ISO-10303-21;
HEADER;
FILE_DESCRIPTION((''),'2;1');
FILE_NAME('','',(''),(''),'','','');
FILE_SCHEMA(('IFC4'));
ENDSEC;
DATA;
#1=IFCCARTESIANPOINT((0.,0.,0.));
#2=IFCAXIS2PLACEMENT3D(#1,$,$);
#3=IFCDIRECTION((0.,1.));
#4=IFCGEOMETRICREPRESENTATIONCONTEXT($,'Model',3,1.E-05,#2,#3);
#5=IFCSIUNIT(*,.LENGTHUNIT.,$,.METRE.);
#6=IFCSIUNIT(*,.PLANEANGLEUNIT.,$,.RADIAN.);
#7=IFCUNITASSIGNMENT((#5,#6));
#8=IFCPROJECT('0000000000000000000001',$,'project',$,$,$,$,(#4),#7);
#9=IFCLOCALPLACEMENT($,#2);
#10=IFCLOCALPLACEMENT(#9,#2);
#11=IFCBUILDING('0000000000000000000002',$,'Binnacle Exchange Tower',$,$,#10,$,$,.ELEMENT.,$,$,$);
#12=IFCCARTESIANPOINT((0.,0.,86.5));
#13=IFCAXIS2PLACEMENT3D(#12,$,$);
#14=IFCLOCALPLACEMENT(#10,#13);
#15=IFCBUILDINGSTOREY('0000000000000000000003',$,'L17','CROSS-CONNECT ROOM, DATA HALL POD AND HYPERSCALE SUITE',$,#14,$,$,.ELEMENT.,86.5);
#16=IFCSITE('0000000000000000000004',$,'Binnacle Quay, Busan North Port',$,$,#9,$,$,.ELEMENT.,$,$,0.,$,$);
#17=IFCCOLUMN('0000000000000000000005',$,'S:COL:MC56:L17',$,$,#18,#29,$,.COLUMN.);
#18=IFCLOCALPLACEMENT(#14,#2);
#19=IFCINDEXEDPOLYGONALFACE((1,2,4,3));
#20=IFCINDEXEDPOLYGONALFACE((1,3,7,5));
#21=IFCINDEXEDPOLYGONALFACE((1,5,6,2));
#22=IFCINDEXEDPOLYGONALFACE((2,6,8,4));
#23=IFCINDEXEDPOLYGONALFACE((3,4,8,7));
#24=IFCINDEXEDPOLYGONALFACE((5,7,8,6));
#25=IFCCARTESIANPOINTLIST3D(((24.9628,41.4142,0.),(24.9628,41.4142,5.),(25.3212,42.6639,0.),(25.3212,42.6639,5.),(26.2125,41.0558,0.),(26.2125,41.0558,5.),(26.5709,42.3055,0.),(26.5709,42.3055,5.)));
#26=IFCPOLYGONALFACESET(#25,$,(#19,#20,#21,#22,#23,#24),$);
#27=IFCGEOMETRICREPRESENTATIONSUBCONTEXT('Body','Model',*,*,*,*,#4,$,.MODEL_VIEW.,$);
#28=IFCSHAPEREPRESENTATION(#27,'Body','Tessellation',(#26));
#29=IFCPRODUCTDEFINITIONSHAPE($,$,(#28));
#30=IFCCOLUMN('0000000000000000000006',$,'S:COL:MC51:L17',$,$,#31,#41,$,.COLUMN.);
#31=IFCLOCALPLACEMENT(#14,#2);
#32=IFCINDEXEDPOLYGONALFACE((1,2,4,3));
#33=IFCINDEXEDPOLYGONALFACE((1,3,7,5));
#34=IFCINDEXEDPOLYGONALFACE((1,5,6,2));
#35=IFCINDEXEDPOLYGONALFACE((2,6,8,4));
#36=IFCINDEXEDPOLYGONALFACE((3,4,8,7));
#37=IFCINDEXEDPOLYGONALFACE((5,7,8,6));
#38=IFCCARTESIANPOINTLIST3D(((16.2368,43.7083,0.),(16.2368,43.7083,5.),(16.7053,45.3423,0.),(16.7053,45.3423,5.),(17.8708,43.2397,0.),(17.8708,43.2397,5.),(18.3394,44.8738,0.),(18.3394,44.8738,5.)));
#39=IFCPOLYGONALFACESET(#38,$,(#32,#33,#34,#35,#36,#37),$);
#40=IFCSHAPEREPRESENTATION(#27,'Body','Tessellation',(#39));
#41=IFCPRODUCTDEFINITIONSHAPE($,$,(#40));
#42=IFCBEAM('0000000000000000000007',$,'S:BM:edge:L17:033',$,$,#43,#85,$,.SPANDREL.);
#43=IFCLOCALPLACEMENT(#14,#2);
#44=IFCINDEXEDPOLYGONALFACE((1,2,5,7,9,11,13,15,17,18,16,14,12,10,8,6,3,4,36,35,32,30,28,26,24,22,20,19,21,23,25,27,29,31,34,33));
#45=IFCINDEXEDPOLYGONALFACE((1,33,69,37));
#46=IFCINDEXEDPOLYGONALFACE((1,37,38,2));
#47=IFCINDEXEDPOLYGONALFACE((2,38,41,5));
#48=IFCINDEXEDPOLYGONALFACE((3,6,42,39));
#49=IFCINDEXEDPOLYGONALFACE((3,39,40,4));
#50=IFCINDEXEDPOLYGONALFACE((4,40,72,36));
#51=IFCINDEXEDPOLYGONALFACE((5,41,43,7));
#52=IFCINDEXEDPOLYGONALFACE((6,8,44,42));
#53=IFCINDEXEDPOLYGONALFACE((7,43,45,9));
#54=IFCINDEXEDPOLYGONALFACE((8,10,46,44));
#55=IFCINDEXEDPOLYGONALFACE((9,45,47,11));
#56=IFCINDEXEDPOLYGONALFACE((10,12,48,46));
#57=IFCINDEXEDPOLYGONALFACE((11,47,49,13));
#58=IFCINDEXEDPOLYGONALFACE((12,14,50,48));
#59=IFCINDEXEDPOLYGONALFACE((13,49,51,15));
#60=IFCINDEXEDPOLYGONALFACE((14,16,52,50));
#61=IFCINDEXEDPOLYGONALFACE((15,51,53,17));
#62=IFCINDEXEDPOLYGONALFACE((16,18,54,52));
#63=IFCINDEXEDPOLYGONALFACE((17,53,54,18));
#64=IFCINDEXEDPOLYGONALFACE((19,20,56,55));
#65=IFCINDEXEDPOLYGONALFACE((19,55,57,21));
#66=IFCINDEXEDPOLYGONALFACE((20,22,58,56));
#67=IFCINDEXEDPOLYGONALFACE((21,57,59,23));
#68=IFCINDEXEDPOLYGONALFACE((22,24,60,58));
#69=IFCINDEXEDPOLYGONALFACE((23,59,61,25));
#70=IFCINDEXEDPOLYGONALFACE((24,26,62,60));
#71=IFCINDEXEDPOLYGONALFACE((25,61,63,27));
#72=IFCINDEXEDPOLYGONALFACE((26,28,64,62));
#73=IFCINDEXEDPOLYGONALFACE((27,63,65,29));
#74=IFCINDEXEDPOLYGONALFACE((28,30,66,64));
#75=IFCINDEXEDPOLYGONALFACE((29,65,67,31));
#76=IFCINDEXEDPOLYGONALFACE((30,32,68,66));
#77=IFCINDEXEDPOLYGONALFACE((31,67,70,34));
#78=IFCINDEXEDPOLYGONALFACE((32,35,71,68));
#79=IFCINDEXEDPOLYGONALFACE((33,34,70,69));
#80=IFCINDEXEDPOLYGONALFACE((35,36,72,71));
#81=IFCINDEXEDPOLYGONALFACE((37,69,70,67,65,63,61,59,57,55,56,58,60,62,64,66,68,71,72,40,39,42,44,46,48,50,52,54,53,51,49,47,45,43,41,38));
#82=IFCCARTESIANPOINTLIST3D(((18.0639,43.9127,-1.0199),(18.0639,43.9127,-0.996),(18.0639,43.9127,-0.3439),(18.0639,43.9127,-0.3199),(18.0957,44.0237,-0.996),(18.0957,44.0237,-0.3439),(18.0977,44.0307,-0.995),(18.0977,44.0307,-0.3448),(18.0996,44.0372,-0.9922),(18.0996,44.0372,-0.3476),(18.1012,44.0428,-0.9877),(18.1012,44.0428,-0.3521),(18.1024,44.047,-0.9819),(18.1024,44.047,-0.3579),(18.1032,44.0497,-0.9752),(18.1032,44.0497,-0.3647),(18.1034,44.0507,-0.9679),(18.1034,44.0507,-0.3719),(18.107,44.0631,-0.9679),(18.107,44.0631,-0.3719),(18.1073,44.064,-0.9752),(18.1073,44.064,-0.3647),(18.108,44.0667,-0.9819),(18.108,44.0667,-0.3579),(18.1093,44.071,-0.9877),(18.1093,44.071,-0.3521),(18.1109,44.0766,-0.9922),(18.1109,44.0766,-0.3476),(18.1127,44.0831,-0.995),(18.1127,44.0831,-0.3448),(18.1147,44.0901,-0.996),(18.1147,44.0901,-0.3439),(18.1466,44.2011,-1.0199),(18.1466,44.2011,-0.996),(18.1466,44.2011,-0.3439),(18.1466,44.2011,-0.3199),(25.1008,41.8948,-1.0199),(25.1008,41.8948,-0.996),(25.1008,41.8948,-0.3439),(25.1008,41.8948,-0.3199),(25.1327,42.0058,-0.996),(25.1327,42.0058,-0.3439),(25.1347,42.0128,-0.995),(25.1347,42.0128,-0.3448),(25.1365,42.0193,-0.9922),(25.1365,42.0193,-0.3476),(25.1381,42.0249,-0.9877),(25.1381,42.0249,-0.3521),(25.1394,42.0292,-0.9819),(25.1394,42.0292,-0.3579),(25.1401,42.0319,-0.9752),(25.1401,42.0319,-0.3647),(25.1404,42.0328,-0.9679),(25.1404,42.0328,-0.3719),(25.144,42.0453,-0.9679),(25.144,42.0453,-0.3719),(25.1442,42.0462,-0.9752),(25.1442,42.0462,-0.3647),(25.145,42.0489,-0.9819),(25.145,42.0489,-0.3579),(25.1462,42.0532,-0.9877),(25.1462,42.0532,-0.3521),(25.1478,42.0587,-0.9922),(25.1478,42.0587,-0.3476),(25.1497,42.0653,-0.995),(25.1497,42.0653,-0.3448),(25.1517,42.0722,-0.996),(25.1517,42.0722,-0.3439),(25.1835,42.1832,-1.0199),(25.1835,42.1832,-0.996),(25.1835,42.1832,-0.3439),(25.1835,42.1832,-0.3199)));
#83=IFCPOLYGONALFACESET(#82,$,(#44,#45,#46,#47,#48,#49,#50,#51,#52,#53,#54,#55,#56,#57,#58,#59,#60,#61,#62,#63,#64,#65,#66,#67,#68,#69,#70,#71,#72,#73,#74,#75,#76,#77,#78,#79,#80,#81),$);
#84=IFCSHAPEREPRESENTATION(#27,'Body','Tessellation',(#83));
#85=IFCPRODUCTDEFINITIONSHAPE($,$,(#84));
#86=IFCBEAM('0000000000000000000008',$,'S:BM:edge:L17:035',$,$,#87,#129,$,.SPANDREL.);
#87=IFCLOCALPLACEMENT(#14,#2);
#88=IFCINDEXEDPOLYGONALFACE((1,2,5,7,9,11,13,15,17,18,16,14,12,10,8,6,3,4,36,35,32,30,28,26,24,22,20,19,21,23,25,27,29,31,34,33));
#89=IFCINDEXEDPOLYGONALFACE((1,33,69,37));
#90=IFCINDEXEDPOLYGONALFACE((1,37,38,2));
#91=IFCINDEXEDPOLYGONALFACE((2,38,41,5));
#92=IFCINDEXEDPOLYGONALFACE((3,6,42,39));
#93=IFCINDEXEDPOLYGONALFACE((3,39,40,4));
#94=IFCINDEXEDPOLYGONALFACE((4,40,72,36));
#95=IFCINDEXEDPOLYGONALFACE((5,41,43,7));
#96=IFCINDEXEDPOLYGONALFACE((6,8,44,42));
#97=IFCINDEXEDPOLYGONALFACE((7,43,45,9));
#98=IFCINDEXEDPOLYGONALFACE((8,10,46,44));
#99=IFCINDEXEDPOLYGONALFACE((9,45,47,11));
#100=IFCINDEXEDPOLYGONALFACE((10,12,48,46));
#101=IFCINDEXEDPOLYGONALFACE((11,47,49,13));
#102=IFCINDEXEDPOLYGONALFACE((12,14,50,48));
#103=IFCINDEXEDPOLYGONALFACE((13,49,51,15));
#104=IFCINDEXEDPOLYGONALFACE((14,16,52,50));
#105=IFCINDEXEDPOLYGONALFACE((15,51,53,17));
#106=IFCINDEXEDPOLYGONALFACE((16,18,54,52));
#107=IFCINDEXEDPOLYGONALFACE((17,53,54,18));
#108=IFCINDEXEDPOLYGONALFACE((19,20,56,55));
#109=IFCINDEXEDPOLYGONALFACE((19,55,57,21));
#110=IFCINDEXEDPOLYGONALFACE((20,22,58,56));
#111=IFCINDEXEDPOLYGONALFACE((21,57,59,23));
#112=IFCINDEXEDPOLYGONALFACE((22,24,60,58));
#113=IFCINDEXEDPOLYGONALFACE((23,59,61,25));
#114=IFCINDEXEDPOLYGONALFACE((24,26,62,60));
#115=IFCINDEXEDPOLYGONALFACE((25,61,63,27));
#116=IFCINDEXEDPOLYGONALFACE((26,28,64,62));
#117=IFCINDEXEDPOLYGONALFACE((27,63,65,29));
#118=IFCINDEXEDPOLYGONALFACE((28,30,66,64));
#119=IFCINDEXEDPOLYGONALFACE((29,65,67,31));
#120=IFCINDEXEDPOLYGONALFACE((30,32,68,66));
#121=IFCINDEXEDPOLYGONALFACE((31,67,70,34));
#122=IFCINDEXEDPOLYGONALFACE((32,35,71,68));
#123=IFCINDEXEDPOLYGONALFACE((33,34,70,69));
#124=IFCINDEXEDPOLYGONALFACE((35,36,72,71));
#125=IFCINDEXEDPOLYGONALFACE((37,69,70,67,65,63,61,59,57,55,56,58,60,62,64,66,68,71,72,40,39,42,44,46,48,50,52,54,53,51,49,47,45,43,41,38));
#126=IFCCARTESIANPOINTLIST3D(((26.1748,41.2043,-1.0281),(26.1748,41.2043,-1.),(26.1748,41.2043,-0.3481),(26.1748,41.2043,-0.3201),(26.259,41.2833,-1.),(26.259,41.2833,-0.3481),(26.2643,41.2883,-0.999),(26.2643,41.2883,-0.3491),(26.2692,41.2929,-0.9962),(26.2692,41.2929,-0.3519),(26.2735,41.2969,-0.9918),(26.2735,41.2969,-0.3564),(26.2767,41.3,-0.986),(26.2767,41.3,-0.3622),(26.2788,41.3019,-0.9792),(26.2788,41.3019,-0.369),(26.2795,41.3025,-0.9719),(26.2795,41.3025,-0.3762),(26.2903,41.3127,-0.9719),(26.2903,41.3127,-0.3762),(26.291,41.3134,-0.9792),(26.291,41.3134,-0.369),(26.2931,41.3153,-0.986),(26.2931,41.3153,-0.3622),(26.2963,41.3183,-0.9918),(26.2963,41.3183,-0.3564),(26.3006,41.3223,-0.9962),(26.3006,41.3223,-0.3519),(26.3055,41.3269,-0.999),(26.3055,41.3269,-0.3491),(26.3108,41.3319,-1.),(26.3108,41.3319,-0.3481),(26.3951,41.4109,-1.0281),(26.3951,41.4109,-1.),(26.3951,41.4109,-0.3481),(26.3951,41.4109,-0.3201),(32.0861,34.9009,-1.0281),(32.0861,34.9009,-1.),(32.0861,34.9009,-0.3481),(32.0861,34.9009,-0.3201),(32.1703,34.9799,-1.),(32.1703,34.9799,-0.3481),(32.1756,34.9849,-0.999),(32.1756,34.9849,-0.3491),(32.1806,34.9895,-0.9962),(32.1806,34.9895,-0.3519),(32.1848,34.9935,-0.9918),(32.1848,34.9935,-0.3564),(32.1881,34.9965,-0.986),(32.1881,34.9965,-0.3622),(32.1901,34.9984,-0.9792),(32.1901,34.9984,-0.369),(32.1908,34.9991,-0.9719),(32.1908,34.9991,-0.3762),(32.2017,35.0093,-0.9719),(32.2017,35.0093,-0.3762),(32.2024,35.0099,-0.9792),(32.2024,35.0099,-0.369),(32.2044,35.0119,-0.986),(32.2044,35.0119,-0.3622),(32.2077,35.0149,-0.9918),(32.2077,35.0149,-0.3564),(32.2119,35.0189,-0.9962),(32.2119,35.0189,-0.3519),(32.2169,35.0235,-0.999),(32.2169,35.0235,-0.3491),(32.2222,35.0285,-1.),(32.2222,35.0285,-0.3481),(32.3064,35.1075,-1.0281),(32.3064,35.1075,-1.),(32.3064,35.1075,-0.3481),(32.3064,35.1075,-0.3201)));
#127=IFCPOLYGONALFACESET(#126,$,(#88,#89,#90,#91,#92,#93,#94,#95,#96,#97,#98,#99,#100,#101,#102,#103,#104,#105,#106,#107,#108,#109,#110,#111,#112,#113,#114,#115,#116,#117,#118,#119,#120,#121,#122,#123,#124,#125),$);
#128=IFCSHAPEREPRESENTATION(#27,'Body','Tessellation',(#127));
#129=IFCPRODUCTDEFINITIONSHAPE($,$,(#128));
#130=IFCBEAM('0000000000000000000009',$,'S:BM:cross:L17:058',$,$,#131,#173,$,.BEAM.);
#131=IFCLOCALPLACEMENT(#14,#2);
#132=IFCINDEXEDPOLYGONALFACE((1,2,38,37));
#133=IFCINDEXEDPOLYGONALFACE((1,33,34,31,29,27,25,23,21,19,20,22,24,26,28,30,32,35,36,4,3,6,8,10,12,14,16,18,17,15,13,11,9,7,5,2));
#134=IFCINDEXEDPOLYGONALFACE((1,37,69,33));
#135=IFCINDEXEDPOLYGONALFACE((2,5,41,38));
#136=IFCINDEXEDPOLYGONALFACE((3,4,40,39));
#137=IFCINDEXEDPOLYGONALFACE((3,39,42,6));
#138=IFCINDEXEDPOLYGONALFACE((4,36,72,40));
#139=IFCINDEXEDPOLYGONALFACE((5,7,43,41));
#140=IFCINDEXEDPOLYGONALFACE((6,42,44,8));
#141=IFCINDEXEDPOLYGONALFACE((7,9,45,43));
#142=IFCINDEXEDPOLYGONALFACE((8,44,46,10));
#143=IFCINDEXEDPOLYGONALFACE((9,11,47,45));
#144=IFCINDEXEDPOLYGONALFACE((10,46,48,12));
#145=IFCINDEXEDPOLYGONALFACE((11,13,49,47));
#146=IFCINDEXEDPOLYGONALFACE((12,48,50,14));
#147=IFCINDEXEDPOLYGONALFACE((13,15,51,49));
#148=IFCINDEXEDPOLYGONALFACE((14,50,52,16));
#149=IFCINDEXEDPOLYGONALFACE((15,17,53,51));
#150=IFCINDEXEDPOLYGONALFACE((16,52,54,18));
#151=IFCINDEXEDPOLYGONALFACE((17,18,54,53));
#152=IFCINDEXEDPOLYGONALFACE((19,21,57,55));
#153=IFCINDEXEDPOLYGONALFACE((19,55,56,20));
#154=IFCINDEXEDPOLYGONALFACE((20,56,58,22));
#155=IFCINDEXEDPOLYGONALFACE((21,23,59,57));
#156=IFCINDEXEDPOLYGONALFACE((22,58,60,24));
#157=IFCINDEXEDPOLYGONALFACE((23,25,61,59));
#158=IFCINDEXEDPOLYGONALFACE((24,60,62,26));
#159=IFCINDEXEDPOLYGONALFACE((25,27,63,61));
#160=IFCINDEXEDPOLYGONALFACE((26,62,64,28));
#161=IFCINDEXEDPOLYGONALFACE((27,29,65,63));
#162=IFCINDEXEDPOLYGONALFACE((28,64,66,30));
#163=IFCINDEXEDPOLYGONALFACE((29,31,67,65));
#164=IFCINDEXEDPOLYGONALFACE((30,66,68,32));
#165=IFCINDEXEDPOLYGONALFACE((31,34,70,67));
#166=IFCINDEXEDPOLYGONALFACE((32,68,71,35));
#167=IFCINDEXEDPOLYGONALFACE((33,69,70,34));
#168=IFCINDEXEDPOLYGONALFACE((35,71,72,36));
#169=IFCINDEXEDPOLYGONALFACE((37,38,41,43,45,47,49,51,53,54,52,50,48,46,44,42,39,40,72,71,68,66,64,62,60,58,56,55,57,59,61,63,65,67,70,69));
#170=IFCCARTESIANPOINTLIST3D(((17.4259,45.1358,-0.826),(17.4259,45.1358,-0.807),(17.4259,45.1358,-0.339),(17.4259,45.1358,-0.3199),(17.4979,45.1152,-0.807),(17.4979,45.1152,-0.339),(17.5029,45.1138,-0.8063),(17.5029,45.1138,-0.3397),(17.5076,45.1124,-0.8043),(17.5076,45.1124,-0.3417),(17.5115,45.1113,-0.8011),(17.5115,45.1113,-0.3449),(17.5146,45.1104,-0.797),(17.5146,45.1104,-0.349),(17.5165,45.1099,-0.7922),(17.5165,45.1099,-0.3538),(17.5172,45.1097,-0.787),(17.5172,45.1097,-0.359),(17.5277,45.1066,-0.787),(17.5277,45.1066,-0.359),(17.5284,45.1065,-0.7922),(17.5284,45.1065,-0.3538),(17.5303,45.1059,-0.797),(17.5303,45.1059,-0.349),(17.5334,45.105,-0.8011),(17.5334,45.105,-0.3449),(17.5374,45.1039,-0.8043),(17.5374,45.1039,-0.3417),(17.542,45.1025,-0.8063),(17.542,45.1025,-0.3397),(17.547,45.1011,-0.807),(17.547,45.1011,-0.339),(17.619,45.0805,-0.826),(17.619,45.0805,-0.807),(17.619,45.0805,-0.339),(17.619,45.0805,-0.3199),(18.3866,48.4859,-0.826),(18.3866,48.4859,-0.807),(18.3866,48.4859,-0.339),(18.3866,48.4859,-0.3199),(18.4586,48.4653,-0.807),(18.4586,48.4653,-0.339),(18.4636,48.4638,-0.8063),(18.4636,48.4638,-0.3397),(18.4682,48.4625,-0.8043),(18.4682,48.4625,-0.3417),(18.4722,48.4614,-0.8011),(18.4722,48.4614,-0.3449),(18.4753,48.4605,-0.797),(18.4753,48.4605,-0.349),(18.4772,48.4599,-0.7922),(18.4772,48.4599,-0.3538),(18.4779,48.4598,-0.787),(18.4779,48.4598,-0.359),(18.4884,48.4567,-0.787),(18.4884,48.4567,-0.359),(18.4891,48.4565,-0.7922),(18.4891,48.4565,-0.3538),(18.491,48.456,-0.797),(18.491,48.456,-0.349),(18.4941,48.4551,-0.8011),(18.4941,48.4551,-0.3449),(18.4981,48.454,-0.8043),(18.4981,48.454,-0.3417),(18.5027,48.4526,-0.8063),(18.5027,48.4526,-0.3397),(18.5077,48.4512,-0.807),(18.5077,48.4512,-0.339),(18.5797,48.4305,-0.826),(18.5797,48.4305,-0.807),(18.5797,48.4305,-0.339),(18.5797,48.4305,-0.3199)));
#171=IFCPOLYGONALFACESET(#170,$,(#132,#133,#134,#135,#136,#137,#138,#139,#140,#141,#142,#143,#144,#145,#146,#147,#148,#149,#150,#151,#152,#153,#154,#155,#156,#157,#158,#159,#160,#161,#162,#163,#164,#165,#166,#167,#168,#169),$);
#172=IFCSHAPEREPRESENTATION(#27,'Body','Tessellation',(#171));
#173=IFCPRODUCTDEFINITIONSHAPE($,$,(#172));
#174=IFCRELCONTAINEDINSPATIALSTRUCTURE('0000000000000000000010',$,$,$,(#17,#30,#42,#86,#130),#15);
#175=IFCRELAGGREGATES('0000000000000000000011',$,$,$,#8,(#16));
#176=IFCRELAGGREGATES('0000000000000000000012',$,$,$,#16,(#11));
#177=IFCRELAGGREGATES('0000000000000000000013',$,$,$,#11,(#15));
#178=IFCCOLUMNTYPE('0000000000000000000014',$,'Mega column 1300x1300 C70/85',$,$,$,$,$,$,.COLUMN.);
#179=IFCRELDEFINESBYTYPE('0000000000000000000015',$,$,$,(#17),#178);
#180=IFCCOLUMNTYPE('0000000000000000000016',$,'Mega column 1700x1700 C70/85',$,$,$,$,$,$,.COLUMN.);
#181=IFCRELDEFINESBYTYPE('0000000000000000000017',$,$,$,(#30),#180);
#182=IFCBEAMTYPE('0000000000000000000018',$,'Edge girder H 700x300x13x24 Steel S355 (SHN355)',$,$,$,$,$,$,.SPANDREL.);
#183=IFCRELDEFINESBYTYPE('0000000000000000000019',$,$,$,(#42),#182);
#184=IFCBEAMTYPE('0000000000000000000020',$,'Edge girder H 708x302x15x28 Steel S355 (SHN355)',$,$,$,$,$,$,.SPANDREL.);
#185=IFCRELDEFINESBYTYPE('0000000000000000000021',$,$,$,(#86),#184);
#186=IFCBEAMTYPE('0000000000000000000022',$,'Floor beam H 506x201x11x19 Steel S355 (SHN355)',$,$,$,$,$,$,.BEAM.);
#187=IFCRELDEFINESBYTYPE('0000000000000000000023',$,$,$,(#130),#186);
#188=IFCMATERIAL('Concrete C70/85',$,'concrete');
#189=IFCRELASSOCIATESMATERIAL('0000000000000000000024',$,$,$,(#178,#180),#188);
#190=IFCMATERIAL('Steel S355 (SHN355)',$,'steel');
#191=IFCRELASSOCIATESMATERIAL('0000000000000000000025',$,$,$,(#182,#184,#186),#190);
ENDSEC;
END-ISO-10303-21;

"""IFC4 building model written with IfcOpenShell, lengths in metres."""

from ifc_helpers import new_model, si_unit, direction, frame, origin, origin_2d, place, context, subcontext, project, spatial, rectangle, i_section, extrude, material, material_profile, profile_set, type_object, element, save


model = new_model("IFC4")

# Units and contexts
model_context = context("Model", 3, precision=1e-05, world=origin(), true_north=direction((0.0, 1.0)))
body_context = subcontext(model_context, "Body", "Model", "MODEL_VIEW")
ifc_project = project(units=[si_unit("LENGTHUNIT", "METRE"), si_unit("PLANEANGLEUNIT", "RADIAN")], contexts=[model_context])

# Site, building, storey
site_placement = place(None, origin())
site = spatial("IfcSite", under=ifc_project, at=site_placement, Name="Binnacle Quay, Busan North Port", CompositionType="ELEMENT", RefElevation=0.0)
building_placement = place(site_placement, origin())
building = spatial("IfcBuilding", under=site, at=building_placement, Name="Binnacle Exchange Tower", CompositionType="ELEMENT")
storey_placement = place(building_placement, frame((0.0, 0.0, 86.5)))
storey = spatial("IfcBuildingStorey", under=building, at=storey_placement, Name="L17", Description="CROSS-CONNECT ROOM, DATA HALL POD AND HYPERSCALE SUITE", CompositionType="ELEMENT", Elevation=86.5)

# Columns
ifc_material_1 = material(Name="Concrete C70/85", Category="concrete")
ifc_material_profile_1 = material_profile(ifc_material_1, rectangle(XDim=1.3, YDim=1.3, at=origin_2d()), Name="Mega column 1300x1300 C70/85")
ifc_profile_set_1 = profile_set([ifc_material_profile_1], Name="Concrete C70/85")
column_type_1 = type_object("IfcColumnType", Name="Mega column 1300x1300 C70/85", PredefinedType="COLUMN", material=ifc_profile_set_1)
column_1_placement = place(storey_placement, frame((25.7668, 41.8599, 0.0), z_axis=(0.0, 0.0, 1.0), x_axis=(0.961262, -0.275637, 0.0)))
element("IfcColumn", 1, at=column_1_placement, inside=storey, type_object=column_type_1, Name="S:COL:MC56:L17", PredefinedType="COLUMN", context=body_context, shape_type="SweptSolid", body=[
    extrude(rectangle(XDim=1.3, YDim=1.3, at=origin_2d()), origin(), (0.0, 0.0, 1.0), 5.0),
])
ifc_material_profile_2 = material_profile(ifc_material_1, rectangle(XDim=1.7, YDim=1.7, at=origin_2d()), Name="Mega column 1700x1700 C70/85")
ifc_profile_set_2 = profile_set([ifc_material_profile_2], Name="Concrete C70/85")
column_type_2 = type_object("IfcColumnType", Name="Mega column 1700x1700 C70/85", PredefinedType="COLUMN", material=ifc_profile_set_2)
column_2_placement = place(storey_placement, frame((17.2881, 44.291, 0.0), z_axis=(0.0, 0.0, 1.0), x_axis=(0.961262, -0.275637, 0.0)))
element("IfcColumn", 2, at=column_2_placement, inside=storey, type_object=column_type_2, Name="S:COL:MC51:L17", PredefinedType="COLUMN", context=body_context, shape_type="SweptSolid", body=[
    extrude(rectangle(XDim=1.7, YDim=1.7, at=origin_2d()), origin(), (0.0, 0.0, 1.0), 5.0),
])

# Beams
ifc_material_2 = material(Name="Steel S355 (SHN355)", Category="steel")
ifc_material_profile_3 = material_profile(ifc_material_2, i_section(OverallWidth=0.3, OverallDepth=0.7, WebThickness=0.0129, FlangeThickness=0.0239, FilletRadius=0.0281, at=origin_2d()), Name="H 700x300x13x24")
ifc_profile_set_3 = profile_set([ifc_material_profile_3], Name="Steel S355 (SHN355)")
beam_type_1 = type_object("IfcBeamType", Name="Edge girder H 700x300x13x24 Steel S355 (SHN355)", PredefinedType="SPANDREL", material=ifc_profile_set_3)
beam_1_placement = place(storey_placement, frame((18.1052, 44.0569, -0.6699), z_axis=(0.96126, -0.275642, 0.0), x_axis=(0.275642, 0.96126, 0.0)))
element("IfcBeam", 3, at=beam_1_placement, inside=storey, type_object=beam_type_1, Name="S:BM:edge:L17:033", PredefinedType="SPANDREL", context=body_context, shape_type="SweptSolid", body=[
    extrude(i_section(OverallWidth=0.3, OverallDepth=0.7, WebThickness=0.0129, FlangeThickness=0.0239, FilletRadius=0.0281, at=origin_2d()), origin(), (0.0, 0.0, 1.0), 7.3206),
])
ifc_material_profile_4 = material_profile(ifc_material_2, i_section(OverallWidth=0.302, OverallDepth=0.708, WebThickness=0.0149, FlangeThickness=0.0281, FilletRadius=0.0281, at=origin_2d()), Name="H 708x302x15x28")
ifc_profile_set_4 = profile_set([ifc_material_profile_4], Name="Steel S355 (SHN355)")
beam_type_2 = type_object("IfcBeamType", Name="Edge girder H 708x302x15x28 Steel S355 (SHN355)", PredefinedType="SPANDREL", material=ifc_profile_set_4)
beam_2_placement = place(storey_placement, frame((26.2849, 41.3076, -0.6741), z_axis=(0.684057, -0.729429, 0.0), x_axis=(0.729429, 0.684057, 0.0)))
element("IfcBeam", 4, at=beam_2_placement, inside=storey, type_object=beam_type_2, Name="S:BM:edge:L17:035", PredefinedType="SPANDREL", context=body_context, shape_type="SweptSolid", body=[
    extrude(i_section(OverallWidth=0.302, OverallDepth=0.708, WebThickness=0.0149, FlangeThickness=0.0281, FilletRadius=0.0281, at=origin_2d()), origin(), (0.0, 0.0, 1.0), 8.6416),
])
ifc_material_profile_5 = material_profile(ifc_material_2, i_section(OverallWidth=0.2009, OverallDepth=0.5061, WebThickness=0.011, FlangeThickness=0.019, FilletRadius=0.02, at=origin_2d()), Name="H 506x201x11x19")
ifc_profile_set_5 = profile_set([ifc_material_profile_5], Name="Steel S355 (SHN355)")
beam_type_3 = type_object("IfcBeamType", Name="Floor beam H 506x201x11x19 Steel S355 (SHN355)", PredefinedType="BEAM", material=ifc_profile_set_5)
beam_3_placement = place(storey_placement, frame((17.5225, 45.1082, -0.573), z_axis=(0.275655, 0.961257, 0.0), x_axis=(-0.961257, 0.275655, 0.0)))
element("IfcBeam", 5, at=beam_3_placement, inside=storey, type_object=beam_type_3, Name="S:BM:cross:L17:058", PredefinedType="BEAM", context=body_context, shape_type="SweptSolid", body=[
    extrude(i_section(OverallWidth=0.2009, OverallDepth=0.5061, WebThickness=0.011, FlangeThickness=0.019, FilletRadius=0.02, at=origin_2d()), origin(), (0.0, 0.0, 1.0), 3.4851),
])

save(model, "model.ifc")
